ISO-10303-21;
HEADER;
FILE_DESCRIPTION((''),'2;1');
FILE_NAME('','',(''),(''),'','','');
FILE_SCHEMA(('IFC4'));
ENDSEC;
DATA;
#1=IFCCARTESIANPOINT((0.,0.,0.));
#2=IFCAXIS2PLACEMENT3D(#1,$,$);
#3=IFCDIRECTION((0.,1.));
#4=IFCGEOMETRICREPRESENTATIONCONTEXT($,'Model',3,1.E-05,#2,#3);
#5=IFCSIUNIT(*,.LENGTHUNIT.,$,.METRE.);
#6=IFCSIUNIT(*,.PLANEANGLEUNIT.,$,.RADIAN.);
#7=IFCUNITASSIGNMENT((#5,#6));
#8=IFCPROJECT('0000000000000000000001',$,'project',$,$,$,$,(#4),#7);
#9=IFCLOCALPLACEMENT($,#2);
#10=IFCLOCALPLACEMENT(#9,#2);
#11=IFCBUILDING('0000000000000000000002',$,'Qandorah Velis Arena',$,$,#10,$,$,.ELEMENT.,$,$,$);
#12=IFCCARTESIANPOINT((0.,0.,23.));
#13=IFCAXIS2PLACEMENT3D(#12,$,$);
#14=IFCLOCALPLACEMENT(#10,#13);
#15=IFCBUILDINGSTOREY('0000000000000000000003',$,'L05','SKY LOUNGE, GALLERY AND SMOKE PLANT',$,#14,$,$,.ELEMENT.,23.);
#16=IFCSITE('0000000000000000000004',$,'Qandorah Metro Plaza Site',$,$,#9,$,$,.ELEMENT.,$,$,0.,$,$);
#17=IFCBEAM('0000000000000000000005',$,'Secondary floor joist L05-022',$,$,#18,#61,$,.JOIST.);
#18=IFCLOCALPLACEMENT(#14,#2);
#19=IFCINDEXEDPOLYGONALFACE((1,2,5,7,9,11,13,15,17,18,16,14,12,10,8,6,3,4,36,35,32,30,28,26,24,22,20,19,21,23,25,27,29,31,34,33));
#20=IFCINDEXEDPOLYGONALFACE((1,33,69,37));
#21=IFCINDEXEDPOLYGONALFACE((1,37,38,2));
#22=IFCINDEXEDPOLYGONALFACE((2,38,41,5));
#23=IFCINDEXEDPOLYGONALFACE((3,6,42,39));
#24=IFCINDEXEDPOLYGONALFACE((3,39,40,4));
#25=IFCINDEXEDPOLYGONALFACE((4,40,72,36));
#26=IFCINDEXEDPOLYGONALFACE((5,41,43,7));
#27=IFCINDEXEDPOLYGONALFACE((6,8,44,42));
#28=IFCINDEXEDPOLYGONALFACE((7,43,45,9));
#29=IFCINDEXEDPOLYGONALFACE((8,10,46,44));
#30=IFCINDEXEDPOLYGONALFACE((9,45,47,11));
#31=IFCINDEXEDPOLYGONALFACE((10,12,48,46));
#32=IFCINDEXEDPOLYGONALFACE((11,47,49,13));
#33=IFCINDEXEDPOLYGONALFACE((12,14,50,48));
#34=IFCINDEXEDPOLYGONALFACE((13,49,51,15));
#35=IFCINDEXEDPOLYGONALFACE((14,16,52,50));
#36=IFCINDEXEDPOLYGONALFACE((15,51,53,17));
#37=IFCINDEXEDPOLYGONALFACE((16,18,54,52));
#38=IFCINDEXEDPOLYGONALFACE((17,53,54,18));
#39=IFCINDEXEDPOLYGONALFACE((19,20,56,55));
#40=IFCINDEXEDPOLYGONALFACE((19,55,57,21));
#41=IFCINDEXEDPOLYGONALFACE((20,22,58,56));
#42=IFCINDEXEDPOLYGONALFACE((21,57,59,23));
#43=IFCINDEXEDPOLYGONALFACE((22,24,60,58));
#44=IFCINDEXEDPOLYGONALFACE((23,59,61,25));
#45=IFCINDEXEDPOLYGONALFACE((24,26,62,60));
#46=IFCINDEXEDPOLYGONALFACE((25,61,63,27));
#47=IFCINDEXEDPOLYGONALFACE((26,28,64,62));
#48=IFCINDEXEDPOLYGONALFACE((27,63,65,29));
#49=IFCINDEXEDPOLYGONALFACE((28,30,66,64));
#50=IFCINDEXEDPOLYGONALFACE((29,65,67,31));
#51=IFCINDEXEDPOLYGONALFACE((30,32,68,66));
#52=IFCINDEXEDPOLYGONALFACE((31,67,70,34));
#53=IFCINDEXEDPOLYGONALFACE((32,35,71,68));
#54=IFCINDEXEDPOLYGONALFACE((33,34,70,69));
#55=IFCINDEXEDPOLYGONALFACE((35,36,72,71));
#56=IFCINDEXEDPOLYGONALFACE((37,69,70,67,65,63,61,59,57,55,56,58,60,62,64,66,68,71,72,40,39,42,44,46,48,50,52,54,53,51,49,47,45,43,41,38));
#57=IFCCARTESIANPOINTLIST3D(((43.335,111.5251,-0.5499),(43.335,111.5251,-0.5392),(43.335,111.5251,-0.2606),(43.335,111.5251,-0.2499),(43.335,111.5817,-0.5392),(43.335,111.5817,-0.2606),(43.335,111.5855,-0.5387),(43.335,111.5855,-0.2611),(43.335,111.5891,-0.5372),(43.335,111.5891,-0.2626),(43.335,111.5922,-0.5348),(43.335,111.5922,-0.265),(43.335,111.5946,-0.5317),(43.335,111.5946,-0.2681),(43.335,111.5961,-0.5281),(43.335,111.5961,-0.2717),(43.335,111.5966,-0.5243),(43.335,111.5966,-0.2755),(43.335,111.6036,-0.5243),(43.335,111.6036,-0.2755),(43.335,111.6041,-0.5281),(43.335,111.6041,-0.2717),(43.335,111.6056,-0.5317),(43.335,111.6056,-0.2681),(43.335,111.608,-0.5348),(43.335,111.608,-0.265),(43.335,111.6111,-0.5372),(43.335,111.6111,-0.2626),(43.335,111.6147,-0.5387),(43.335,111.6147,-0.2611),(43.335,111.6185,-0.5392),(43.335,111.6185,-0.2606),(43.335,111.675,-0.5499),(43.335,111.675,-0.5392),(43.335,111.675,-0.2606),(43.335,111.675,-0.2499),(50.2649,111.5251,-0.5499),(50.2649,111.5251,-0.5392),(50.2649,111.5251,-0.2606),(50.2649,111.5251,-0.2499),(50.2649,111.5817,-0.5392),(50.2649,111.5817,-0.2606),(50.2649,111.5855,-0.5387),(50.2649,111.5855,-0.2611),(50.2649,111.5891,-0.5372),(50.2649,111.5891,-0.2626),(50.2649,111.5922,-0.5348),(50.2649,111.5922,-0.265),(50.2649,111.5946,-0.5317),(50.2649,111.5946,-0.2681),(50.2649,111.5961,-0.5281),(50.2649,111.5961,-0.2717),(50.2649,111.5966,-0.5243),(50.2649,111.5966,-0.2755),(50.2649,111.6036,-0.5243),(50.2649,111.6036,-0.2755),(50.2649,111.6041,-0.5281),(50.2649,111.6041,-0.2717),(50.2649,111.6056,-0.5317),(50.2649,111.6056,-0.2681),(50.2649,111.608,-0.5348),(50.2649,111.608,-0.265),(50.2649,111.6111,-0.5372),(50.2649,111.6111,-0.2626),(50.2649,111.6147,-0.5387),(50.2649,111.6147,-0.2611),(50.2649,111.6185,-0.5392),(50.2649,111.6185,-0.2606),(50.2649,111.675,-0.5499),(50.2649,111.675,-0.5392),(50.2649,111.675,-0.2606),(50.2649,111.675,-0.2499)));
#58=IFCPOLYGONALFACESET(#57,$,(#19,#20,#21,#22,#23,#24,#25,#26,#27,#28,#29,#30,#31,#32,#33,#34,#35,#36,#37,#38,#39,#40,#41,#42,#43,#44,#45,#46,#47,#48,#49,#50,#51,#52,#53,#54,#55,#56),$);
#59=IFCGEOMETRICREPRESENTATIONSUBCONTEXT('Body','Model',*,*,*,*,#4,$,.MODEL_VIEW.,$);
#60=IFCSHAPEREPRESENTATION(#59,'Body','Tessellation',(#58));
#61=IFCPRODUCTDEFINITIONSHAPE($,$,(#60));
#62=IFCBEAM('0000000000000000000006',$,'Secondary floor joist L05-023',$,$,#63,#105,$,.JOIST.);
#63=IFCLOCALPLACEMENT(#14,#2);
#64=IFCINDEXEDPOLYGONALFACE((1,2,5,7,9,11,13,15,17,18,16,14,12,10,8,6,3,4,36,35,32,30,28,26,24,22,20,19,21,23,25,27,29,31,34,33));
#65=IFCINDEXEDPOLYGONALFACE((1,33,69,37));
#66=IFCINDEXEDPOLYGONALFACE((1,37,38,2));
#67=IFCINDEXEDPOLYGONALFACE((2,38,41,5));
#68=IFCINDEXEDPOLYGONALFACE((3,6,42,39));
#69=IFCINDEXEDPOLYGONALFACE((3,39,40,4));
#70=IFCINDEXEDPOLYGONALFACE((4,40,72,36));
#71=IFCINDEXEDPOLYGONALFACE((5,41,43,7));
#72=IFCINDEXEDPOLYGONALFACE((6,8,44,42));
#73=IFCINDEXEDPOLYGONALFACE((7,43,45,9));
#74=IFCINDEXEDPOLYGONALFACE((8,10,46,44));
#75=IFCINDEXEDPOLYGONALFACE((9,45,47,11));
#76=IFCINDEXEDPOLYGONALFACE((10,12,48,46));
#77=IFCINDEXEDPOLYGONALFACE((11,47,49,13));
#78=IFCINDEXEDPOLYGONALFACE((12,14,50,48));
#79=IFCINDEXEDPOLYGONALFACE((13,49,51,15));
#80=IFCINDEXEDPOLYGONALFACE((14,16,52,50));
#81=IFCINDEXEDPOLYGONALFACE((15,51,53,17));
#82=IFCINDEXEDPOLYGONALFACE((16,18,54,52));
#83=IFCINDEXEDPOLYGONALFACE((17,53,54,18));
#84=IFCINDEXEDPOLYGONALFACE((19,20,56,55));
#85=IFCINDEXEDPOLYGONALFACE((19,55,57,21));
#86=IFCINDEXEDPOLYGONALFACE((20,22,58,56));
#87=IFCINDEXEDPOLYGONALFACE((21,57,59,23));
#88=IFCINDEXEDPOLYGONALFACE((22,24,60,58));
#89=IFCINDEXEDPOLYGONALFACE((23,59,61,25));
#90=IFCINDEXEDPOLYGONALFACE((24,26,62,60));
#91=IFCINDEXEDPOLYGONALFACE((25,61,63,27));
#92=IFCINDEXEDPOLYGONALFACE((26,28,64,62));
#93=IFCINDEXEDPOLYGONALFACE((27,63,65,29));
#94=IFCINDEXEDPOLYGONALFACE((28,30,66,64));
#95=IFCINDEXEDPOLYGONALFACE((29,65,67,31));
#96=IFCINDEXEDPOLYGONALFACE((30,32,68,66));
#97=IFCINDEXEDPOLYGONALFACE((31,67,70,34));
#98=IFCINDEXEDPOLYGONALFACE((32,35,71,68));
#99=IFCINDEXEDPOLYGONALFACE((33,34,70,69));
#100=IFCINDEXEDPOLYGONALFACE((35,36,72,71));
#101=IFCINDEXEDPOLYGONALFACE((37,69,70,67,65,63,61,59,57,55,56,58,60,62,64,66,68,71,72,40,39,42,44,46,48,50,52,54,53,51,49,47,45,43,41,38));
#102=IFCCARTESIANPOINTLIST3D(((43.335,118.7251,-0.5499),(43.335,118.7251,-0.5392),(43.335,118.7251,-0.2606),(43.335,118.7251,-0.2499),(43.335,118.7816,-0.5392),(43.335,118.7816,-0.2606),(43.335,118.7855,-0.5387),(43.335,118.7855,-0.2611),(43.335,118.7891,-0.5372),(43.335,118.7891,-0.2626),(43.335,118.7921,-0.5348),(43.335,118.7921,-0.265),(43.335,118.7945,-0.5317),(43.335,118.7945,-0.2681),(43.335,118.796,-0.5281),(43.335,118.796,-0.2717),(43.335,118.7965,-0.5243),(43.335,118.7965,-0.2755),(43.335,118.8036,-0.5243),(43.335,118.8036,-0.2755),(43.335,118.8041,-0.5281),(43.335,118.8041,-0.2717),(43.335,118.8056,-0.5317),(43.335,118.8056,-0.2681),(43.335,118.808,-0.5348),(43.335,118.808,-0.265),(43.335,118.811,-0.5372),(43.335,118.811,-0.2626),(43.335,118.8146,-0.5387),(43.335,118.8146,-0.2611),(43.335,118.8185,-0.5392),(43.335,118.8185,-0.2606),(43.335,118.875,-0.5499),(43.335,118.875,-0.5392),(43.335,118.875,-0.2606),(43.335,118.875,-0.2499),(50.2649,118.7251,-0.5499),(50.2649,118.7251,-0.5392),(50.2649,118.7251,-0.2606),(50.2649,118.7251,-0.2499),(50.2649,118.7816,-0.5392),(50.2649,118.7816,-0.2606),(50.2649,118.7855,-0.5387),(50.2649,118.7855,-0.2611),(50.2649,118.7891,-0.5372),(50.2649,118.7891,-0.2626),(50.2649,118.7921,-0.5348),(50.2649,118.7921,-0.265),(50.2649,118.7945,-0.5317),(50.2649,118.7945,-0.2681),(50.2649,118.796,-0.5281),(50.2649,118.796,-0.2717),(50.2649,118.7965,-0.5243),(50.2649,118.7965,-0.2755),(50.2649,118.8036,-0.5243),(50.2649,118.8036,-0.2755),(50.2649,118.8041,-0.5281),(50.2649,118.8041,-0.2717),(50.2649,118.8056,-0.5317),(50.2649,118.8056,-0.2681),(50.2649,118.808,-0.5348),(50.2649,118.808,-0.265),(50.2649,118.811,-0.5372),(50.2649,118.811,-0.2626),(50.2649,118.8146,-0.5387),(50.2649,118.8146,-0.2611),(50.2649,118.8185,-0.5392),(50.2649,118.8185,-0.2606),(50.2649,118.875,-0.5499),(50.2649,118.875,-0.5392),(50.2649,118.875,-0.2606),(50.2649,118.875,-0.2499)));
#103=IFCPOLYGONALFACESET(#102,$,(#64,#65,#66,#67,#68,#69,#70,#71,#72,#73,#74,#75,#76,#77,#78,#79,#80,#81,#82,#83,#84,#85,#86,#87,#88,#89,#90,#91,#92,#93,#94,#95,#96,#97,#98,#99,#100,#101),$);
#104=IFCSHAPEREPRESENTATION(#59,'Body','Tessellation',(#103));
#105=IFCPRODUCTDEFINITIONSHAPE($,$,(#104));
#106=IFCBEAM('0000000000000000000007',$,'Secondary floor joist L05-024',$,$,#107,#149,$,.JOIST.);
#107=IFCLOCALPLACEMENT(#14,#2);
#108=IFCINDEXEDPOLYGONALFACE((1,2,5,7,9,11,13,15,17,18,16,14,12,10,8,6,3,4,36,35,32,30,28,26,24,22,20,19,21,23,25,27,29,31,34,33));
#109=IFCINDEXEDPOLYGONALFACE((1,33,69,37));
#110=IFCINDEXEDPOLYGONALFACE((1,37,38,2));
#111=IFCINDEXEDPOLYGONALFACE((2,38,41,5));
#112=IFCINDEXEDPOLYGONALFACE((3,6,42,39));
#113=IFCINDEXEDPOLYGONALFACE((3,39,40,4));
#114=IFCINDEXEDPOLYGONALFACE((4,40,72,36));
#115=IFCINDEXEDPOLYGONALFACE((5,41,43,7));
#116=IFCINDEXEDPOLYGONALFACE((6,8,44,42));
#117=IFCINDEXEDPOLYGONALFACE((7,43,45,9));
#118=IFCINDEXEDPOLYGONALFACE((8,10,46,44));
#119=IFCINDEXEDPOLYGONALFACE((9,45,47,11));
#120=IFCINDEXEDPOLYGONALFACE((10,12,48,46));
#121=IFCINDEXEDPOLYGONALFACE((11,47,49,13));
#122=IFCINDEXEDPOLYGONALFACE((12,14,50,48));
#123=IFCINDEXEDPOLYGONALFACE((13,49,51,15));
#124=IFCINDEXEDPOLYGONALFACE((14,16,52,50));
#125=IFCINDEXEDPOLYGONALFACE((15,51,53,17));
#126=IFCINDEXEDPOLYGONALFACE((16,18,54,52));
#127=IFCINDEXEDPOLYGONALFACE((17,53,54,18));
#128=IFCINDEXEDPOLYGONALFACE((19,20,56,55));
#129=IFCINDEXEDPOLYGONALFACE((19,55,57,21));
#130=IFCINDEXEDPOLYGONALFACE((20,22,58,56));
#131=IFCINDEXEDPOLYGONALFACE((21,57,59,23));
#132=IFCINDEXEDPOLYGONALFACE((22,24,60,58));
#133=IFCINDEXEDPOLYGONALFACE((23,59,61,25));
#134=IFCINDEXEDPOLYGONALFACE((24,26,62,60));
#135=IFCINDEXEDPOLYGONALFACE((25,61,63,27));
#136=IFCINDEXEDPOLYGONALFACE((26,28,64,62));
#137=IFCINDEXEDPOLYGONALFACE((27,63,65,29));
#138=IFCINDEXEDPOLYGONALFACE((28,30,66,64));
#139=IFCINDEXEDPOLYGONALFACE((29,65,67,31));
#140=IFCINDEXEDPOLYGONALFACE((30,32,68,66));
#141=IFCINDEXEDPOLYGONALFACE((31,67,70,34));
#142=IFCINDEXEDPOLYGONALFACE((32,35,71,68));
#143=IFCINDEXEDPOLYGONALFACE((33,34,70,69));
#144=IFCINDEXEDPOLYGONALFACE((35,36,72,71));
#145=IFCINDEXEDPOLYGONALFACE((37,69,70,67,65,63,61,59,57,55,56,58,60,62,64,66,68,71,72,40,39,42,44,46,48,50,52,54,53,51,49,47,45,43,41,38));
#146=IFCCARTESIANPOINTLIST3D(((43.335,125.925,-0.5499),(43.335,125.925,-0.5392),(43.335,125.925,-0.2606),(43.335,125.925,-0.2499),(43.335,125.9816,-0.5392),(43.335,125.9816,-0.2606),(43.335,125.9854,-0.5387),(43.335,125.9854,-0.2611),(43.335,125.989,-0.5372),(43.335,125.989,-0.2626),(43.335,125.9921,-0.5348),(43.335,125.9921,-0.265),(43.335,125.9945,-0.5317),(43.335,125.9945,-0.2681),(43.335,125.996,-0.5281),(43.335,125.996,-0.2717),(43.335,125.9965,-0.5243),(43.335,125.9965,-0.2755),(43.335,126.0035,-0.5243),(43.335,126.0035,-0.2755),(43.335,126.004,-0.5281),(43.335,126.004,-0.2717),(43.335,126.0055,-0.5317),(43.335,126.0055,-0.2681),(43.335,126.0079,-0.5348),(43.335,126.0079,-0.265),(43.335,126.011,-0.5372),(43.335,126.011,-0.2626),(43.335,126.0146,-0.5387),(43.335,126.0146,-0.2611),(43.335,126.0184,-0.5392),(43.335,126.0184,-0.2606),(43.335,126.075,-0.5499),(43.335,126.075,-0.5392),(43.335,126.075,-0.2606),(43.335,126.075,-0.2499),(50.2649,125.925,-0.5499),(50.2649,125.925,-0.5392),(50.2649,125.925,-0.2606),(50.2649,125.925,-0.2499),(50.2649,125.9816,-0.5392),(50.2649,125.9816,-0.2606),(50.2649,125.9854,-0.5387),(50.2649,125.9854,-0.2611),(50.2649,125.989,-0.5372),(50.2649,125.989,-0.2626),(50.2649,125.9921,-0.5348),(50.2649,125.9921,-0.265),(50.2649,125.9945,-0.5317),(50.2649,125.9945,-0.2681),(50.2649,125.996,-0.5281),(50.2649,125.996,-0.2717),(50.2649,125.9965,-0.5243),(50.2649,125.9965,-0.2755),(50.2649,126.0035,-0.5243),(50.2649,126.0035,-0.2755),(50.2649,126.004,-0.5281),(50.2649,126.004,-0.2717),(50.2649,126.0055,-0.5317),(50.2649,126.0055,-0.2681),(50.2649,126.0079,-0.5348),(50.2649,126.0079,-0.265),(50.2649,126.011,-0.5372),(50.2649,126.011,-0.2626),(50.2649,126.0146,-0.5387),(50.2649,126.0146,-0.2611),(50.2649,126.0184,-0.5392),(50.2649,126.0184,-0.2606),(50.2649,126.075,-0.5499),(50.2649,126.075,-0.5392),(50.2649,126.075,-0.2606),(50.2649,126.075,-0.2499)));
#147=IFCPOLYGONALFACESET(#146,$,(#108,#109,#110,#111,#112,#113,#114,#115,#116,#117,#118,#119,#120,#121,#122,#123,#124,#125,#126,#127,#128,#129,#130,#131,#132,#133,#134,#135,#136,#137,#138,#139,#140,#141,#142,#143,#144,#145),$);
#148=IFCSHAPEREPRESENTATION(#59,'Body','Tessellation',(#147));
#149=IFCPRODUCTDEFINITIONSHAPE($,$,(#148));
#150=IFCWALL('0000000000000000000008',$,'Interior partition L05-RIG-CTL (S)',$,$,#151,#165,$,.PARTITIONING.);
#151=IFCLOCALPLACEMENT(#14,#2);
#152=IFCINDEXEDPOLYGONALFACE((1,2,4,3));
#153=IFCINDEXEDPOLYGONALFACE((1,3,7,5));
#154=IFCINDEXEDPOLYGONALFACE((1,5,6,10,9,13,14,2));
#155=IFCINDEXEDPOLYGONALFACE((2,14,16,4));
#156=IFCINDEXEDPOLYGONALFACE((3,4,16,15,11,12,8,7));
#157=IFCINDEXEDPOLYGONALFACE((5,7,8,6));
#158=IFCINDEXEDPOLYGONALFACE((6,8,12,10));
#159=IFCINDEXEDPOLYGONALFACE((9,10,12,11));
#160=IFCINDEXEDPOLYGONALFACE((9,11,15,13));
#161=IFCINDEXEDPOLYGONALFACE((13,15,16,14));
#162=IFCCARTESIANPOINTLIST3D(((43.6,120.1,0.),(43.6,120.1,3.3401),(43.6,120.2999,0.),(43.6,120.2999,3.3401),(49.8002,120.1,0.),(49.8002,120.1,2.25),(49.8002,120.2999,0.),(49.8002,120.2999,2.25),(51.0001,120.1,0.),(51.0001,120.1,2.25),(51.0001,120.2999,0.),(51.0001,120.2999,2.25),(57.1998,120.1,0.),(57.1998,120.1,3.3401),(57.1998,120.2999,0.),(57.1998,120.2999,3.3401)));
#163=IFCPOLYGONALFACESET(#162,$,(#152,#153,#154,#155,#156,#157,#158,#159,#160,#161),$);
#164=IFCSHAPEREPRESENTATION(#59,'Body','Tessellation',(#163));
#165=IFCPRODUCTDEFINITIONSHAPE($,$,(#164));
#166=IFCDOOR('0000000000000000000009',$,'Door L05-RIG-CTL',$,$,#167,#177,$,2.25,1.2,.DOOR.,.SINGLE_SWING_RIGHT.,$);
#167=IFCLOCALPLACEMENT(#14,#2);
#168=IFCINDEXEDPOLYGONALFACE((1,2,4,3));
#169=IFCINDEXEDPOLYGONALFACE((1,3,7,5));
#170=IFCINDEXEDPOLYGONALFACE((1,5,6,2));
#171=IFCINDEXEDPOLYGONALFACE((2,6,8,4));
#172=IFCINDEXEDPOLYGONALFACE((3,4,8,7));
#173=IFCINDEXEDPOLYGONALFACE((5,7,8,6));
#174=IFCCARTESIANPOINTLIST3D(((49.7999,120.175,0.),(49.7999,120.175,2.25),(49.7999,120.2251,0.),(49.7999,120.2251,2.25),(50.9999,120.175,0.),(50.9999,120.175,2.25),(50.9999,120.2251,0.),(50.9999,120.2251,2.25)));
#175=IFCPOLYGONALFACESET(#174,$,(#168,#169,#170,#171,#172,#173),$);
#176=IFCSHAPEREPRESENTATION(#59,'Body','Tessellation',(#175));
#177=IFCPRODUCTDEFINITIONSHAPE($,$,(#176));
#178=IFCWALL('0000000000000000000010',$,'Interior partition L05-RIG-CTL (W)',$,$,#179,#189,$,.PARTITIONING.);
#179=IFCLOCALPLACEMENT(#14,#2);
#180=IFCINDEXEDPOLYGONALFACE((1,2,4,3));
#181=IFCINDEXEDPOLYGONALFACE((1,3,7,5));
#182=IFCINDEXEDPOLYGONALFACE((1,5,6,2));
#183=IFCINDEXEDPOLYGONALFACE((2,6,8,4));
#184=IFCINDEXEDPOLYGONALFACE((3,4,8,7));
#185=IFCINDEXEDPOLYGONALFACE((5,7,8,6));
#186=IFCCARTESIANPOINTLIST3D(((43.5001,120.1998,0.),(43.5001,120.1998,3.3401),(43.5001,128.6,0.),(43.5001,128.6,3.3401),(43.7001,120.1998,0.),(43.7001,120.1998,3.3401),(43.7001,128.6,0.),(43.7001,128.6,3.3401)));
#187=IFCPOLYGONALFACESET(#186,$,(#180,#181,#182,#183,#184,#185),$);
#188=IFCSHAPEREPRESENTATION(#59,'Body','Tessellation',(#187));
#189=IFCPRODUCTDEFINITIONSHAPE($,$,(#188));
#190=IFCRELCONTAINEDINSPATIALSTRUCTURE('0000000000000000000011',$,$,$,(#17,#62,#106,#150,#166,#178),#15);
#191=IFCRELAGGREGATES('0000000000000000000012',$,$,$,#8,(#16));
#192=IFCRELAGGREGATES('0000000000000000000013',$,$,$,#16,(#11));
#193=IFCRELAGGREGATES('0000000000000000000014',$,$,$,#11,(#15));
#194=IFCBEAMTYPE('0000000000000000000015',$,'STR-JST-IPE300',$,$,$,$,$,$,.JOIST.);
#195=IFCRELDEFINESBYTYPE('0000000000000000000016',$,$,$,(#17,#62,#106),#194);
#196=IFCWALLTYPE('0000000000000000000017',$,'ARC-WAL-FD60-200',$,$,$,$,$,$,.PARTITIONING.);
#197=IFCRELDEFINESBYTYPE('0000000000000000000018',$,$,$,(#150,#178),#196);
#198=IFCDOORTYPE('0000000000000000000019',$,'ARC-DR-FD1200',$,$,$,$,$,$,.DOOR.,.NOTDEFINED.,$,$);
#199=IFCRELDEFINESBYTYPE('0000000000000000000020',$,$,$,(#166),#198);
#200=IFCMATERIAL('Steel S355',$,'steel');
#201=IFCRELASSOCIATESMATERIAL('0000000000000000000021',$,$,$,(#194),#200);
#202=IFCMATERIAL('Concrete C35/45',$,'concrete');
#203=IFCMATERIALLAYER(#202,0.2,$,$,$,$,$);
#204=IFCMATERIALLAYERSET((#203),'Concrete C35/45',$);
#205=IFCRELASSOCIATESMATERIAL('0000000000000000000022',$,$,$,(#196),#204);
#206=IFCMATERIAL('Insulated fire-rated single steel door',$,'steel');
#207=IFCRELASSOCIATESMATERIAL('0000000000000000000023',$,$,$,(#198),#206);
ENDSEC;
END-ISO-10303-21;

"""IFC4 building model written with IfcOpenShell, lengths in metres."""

from ifc_helpers import new_model, si_unit, direction, frame, frame_2d, origin, origin_2d, place, context, subcontext, project, spatial, rectangle, i_section, extrude, material, layer, layer_set, material_profile, profile_set, type_object, element, fill, save


model = new_model("IFC4")

# Units and contexts
model_context = context("Model", 3, precision=1e-05, world=origin(), true_north=direction((0.0, 1.0)))
body_context = subcontext(model_context, "Body", "Model", "MODEL_VIEW")
ifc_project = project(units=[si_unit("LENGTHUNIT", "METRE"), si_unit("PLANEANGLEUNIT", "RADIAN")], contexts=[model_context])

# Site, building, storey
site_placement = place(None, origin())
site = spatial("IfcSite", under=ifc_project, at=site_placement, Name="Qandorah Metro Plaza Site", CompositionType="ELEMENT", RefElevation=0.0)
building_placement = place(site_placement, origin())
building = spatial("IfcBuilding", under=site, at=building_placement, Name="Qandorah Velis Arena", CompositionType="ELEMENT")
storey_placement = place(building_placement, frame((0.0, 0.0, 23.0)))
storey = spatial("IfcBuildingStorey", under=building, at=storey_placement, Name="L05", Description="SKY LOUNGE, GALLERY AND SMOKE PLANT", CompositionType="ELEMENT", Elevation=23.0)

# Beams
ifc_material_1 = material(Name="Steel S355", Category="steel")
ifc_material_profile_1 = material_profile(ifc_material_1, i_section(OverallWidth=0.1499, OverallDepth=0.3, WebThickness=0.0071, FlangeThickness=0.0107, FilletRadius=0.0149, at=origin_2d()), Name="IPE 300")
ifc_profile_set_1 = profile_set([ifc_material_profile_1], Name="Steel S355")
beam_type_1 = type_object("IfcBeamType", Name="STR-JST-IPE300", PredefinedType="JOIST", material=ifc_profile_set_1)
for number, where, z_axis, x_axis, name in (
    (1, (43.335, 111.6001, -0.3999), (1.0, 0.0, 0.0), (0.0, 1.0, 0.0), "Secondary floor joist L05-022"),
    (2, (43.335, 118.8, -0.3999), (1.0, 0.0, 0.0), (0.0, 1.0, 0.0), "Secondary floor joist L05-023"),
    (3, (43.335, 126.0, -0.3999), (1.0, 0.0, 0.0), (0.0, 1.0, 0.0), "Secondary floor joist L05-024"),
):
    element("IfcBeam", number, at=place(storey_placement, frame(where, z_axis=z_axis, x_axis=x_axis)), inside=storey, type_object=beam_type_1, Name=name, PredefinedType="JOIST", context=body_context, shape_type="SweptSolid", body=[
        extrude(i_section(OverallWidth=0.1499, OverallDepth=0.3, WebThickness=0.0071, FlangeThickness=0.0107, FilletRadius=0.0149, at=origin_2d()), origin(), (0.0, 0.0, 1.0), 6.9299),
    ])

# Wall, opening, door
ifc_material_2 = material(Name="Concrete C35/45", Category="concrete")
ifc_layer_1 = layer(ifc_material_2, 0.2)
ifc_layer_set_1 = layer_set([ifc_layer_1], Name="Concrete C35/45")
wall_type_1 = type_object("IfcWallType", Name="ARC-WAL-FD60-200", PredefinedType="PARTITIONING", material=ifc_layer_set_1)
wall_1_placement = place(storey_placement, frame((43.6001, 120.2, 0.0), z_axis=(0.0, 0.0, 1.0), x_axis=(1.0, 0.0, 0.0)))
wall_1 = element("IfcWall", 4, at=wall_1_placement, inside=storey, type_object=wall_type_1, Name="Interior partition L05-RIG-CTL (S)", PredefinedType="PARTITIONING", context=body_context, shape_type="SweptSolid", body=[
    extrude(rectangle(XDim=13.5999, YDim=0.2, at=frame_2d((6.7998, 0.0))), origin(), (0.0, 0.0, 1.0), 3.3401),
])
opening_placement = place(wall_1_placement, frame((6.2, 0.0, 0.0)))
opening = element("IfcOpeningElement", 5, at=opening_placement, cuts=wall_1, PredefinedType="OPENING", context=body_context, shape_type="SweptSolid", body=[
    extrude(rectangle(XDim=1.2, YDim=2.25, at=frame_2d((0.6001, 1.125))), frame((0.0, 0.1099, 0.0), z_axis=(0.0, -1.0, 0.0), x_axis=(1.0, 0.0, 0.0)), (0.0, 0.0, 1.0), 0.22),
])
ifc_material_3 = material(Name="Insulated fire-rated single steel door", Category="steel")
door_type = type_object("IfcDoorType", Name="ARC-DR-FD1200", OperationType="NOTDEFINED", PredefinedType="DOOR", material=ifc_material_3)
door_placement = place(opening_placement, frame((1.2, 0.0, 0.0), z_axis=(0.0, 0.0, 1.0), x_axis=(-1.0, 0.0, 0.0)))
door = element("IfcDoor", 6, at=door_placement, inside=storey, type_object=door_type, Name="Door L05-RIG-CTL", OperationType="SINGLE_SWING_RIGHT", OverallHeight=2.25, OverallWidth=1.2, PredefinedType="DOOR", context=body_context, shape_type="SweptSolid", body=[
    extrude(rectangle(XDim=1.2, YDim=2.25, at=frame_2d((0.6001, 1.125))), frame((0.0, 0.0249, 0.0), z_axis=(0.0, -1.0, 0.0), x_axis=(1.0, 0.0, 0.0)), (0.0, 0.0, 1.0), 0.05),
])
fill(opening, door)

# Wall
wall_2_placement = place(storey_placement, frame((43.6001, 128.6001, 0.0), z_axis=(0.0, 0.0, 1.0), x_axis=(0.0, -1.0, 0.0)))
element("IfcWall", 7, at=wall_2_placement, inside=storey, type_object=wall_type_1, Name="Interior partition L05-RIG-CTL (W)", PredefinedType="PARTITIONING", context=body_context, shape_type="SweptSolid", body=[
    extrude(rectangle(XDim=8.4001, YDim=0.2, at=frame_2d((4.2002, 0.0))), origin(), (0.0, 0.0, 1.0), 3.3401),
])

save(model, "model.ifc")
